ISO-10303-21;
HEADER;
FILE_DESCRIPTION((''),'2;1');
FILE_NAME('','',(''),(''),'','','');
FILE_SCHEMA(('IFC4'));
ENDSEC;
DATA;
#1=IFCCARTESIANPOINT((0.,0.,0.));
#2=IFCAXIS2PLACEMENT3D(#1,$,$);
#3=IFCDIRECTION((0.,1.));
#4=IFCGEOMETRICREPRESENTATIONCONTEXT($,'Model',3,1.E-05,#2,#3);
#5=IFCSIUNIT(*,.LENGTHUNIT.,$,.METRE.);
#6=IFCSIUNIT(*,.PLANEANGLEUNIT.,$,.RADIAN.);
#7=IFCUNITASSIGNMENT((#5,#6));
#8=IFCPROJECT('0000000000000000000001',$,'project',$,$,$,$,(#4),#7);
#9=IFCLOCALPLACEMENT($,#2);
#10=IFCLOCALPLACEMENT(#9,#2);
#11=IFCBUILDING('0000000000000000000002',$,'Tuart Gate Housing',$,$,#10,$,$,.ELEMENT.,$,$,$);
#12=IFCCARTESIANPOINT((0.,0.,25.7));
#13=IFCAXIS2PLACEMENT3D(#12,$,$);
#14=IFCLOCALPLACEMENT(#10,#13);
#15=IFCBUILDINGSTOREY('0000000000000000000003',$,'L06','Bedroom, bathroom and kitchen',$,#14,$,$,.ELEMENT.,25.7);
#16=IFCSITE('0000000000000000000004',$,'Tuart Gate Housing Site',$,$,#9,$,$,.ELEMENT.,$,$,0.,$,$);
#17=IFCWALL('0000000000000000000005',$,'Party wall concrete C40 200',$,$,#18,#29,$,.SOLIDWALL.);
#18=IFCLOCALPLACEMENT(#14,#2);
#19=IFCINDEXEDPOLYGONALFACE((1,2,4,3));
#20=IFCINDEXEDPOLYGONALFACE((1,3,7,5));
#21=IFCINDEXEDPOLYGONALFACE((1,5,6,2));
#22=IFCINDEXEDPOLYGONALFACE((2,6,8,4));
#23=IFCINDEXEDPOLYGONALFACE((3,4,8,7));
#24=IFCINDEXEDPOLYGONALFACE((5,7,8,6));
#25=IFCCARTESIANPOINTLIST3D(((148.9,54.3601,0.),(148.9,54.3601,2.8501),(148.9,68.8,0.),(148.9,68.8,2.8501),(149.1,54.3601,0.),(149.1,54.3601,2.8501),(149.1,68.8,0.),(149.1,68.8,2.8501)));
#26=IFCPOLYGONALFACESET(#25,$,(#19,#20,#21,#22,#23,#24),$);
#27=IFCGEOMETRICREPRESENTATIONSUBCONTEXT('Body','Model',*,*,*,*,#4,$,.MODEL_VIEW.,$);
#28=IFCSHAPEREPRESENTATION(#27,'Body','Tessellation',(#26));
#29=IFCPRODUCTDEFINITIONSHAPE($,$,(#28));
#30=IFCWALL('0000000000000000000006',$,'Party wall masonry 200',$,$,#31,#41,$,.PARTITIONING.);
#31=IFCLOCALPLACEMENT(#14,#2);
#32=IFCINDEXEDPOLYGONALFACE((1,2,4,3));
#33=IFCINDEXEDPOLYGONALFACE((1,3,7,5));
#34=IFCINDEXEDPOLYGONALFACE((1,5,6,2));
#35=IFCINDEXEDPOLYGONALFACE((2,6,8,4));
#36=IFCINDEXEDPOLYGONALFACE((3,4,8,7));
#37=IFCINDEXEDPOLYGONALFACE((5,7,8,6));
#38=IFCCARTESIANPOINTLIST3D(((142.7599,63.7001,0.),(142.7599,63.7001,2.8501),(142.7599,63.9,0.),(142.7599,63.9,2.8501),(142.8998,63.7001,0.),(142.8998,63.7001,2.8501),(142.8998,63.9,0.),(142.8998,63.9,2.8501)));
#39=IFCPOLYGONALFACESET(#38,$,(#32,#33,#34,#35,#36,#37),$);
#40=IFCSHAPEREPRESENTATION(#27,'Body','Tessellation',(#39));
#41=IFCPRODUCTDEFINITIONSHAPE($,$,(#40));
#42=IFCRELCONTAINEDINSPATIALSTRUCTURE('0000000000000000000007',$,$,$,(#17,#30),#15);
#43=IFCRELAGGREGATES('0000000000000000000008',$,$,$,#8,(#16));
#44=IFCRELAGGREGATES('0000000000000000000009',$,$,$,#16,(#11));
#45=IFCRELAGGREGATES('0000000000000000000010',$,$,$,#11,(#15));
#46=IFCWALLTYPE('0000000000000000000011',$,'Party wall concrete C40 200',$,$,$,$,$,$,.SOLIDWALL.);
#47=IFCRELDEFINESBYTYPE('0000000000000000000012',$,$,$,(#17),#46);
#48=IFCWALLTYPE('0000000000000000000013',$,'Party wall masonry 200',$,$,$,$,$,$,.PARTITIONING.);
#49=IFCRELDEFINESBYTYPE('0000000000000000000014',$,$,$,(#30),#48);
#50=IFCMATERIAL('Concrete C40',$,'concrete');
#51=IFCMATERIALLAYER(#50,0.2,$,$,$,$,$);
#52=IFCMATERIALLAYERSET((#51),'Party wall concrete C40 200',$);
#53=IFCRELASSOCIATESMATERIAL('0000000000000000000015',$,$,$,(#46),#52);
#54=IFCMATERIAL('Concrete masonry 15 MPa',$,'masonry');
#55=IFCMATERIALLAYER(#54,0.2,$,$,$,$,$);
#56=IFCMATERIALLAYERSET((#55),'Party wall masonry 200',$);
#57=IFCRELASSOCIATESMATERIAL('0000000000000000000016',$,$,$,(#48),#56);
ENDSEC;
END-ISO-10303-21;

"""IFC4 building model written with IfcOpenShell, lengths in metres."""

from ifc_helpers import new_model, si_unit, direction, frame, frame_2d, origin, place, context, subcontext, project, spatial, rectangle, extrude, material, layer, layer_set, type_object, element, save


model = new_model("IFC4")

# Units and contexts
model_context = context("Model", 3, precision=1e-05, world=origin(), true_north=direction((0.0, 1.0)))
body_context = subcontext(model_context, "Body", "Model", "MODEL_VIEW")
ifc_project = project(units=[si_unit("LENGTHUNIT", "METRE"), si_unit("PLANEANGLEUNIT", "RADIAN")], contexts=[model_context])

# Site, building, storey
site_placement = place(None, origin())
site = spatial("IfcSite", under=ifc_project, at=site_placement, Name="Tuart Gate Housing Site", CompositionType="ELEMENT", RefElevation=0.0)
building_placement = place(site_placement, origin())
building = spatial("IfcBuilding", under=site, at=building_placement, Name="Tuart Gate Housing", CompositionType="ELEMENT")
storey_placement = place(building_placement, frame((0.0, 0.0, 25.7)))
storey = spatial("IfcBuildingStorey", under=building, at=storey_placement, Name="L06", Description="Bedroom, bathroom and kitchen", CompositionType="ELEMENT", Elevation=25.7)

# Walls
ifc_material_1 = material(Name="Concrete C40", Category="concrete")
ifc_layer_1 = layer(ifc_material_1, 0.2)
ifc_layer_set_1 = layer_set([ifc_layer_1], Name="Party wall concrete C40 200")
wall_type_1 = type_object("IfcWallType", Name="Party wall concrete C40 200", PredefinedType="SOLIDWALL", material=ifc_layer_set_1)
wall_1_placement = place(storey_placement, frame((149.0, 54.3601, 0.0), z_axis=(0.0, 0.0, 1.0), x_axis=(0.0, 1.0, 0.0)))
element("IfcWall", 1, at=wall_1_placement, inside=storey, type_object=wall_type_1, Name="Party wall concrete C40 200", PredefinedType="SOLIDWALL", context=body_context, shape_type="SweptSolid", body=[
    extrude(rectangle(XDim=14.4399, YDim=0.2, at=frame_2d((7.22, 0.0))), origin(), (0.0, 0.0, 1.0), 2.8501),
])
ifc_material_2 = material(Name="Concrete masonry 15 MPa", Category="masonry")
ifc_layer_2 = layer(ifc_material_2, 0.2)
ifc_layer_set_2 = layer_set([ifc_layer_2], Name="Party wall masonry 200")
wall_type_2 = type_object("IfcWallType", Name="Party wall masonry 200", PredefinedType="PARTITIONING", material=ifc_layer_set_2)
wall_2_placement = place(storey_placement, frame((142.76, 63.8, 0.0), z_axis=(0.0, 0.0, 1.0), x_axis=(1.0, 0.0, 0.0)))
element("IfcWall", 2, at=wall_2_placement, inside=storey, type_object=wall_type_2, Name="Party wall masonry 200", PredefinedType="PARTITIONING", context=body_context, shape_type="SweptSolid", body=[
    extrude(rectangle(XDim=0.1399, YDim=0.2, at=frame_2d((0.0698, 0.0))), origin(), (0.0, 0.0, 1.0), 2.8501),
])

save(model, "model.ifc")
